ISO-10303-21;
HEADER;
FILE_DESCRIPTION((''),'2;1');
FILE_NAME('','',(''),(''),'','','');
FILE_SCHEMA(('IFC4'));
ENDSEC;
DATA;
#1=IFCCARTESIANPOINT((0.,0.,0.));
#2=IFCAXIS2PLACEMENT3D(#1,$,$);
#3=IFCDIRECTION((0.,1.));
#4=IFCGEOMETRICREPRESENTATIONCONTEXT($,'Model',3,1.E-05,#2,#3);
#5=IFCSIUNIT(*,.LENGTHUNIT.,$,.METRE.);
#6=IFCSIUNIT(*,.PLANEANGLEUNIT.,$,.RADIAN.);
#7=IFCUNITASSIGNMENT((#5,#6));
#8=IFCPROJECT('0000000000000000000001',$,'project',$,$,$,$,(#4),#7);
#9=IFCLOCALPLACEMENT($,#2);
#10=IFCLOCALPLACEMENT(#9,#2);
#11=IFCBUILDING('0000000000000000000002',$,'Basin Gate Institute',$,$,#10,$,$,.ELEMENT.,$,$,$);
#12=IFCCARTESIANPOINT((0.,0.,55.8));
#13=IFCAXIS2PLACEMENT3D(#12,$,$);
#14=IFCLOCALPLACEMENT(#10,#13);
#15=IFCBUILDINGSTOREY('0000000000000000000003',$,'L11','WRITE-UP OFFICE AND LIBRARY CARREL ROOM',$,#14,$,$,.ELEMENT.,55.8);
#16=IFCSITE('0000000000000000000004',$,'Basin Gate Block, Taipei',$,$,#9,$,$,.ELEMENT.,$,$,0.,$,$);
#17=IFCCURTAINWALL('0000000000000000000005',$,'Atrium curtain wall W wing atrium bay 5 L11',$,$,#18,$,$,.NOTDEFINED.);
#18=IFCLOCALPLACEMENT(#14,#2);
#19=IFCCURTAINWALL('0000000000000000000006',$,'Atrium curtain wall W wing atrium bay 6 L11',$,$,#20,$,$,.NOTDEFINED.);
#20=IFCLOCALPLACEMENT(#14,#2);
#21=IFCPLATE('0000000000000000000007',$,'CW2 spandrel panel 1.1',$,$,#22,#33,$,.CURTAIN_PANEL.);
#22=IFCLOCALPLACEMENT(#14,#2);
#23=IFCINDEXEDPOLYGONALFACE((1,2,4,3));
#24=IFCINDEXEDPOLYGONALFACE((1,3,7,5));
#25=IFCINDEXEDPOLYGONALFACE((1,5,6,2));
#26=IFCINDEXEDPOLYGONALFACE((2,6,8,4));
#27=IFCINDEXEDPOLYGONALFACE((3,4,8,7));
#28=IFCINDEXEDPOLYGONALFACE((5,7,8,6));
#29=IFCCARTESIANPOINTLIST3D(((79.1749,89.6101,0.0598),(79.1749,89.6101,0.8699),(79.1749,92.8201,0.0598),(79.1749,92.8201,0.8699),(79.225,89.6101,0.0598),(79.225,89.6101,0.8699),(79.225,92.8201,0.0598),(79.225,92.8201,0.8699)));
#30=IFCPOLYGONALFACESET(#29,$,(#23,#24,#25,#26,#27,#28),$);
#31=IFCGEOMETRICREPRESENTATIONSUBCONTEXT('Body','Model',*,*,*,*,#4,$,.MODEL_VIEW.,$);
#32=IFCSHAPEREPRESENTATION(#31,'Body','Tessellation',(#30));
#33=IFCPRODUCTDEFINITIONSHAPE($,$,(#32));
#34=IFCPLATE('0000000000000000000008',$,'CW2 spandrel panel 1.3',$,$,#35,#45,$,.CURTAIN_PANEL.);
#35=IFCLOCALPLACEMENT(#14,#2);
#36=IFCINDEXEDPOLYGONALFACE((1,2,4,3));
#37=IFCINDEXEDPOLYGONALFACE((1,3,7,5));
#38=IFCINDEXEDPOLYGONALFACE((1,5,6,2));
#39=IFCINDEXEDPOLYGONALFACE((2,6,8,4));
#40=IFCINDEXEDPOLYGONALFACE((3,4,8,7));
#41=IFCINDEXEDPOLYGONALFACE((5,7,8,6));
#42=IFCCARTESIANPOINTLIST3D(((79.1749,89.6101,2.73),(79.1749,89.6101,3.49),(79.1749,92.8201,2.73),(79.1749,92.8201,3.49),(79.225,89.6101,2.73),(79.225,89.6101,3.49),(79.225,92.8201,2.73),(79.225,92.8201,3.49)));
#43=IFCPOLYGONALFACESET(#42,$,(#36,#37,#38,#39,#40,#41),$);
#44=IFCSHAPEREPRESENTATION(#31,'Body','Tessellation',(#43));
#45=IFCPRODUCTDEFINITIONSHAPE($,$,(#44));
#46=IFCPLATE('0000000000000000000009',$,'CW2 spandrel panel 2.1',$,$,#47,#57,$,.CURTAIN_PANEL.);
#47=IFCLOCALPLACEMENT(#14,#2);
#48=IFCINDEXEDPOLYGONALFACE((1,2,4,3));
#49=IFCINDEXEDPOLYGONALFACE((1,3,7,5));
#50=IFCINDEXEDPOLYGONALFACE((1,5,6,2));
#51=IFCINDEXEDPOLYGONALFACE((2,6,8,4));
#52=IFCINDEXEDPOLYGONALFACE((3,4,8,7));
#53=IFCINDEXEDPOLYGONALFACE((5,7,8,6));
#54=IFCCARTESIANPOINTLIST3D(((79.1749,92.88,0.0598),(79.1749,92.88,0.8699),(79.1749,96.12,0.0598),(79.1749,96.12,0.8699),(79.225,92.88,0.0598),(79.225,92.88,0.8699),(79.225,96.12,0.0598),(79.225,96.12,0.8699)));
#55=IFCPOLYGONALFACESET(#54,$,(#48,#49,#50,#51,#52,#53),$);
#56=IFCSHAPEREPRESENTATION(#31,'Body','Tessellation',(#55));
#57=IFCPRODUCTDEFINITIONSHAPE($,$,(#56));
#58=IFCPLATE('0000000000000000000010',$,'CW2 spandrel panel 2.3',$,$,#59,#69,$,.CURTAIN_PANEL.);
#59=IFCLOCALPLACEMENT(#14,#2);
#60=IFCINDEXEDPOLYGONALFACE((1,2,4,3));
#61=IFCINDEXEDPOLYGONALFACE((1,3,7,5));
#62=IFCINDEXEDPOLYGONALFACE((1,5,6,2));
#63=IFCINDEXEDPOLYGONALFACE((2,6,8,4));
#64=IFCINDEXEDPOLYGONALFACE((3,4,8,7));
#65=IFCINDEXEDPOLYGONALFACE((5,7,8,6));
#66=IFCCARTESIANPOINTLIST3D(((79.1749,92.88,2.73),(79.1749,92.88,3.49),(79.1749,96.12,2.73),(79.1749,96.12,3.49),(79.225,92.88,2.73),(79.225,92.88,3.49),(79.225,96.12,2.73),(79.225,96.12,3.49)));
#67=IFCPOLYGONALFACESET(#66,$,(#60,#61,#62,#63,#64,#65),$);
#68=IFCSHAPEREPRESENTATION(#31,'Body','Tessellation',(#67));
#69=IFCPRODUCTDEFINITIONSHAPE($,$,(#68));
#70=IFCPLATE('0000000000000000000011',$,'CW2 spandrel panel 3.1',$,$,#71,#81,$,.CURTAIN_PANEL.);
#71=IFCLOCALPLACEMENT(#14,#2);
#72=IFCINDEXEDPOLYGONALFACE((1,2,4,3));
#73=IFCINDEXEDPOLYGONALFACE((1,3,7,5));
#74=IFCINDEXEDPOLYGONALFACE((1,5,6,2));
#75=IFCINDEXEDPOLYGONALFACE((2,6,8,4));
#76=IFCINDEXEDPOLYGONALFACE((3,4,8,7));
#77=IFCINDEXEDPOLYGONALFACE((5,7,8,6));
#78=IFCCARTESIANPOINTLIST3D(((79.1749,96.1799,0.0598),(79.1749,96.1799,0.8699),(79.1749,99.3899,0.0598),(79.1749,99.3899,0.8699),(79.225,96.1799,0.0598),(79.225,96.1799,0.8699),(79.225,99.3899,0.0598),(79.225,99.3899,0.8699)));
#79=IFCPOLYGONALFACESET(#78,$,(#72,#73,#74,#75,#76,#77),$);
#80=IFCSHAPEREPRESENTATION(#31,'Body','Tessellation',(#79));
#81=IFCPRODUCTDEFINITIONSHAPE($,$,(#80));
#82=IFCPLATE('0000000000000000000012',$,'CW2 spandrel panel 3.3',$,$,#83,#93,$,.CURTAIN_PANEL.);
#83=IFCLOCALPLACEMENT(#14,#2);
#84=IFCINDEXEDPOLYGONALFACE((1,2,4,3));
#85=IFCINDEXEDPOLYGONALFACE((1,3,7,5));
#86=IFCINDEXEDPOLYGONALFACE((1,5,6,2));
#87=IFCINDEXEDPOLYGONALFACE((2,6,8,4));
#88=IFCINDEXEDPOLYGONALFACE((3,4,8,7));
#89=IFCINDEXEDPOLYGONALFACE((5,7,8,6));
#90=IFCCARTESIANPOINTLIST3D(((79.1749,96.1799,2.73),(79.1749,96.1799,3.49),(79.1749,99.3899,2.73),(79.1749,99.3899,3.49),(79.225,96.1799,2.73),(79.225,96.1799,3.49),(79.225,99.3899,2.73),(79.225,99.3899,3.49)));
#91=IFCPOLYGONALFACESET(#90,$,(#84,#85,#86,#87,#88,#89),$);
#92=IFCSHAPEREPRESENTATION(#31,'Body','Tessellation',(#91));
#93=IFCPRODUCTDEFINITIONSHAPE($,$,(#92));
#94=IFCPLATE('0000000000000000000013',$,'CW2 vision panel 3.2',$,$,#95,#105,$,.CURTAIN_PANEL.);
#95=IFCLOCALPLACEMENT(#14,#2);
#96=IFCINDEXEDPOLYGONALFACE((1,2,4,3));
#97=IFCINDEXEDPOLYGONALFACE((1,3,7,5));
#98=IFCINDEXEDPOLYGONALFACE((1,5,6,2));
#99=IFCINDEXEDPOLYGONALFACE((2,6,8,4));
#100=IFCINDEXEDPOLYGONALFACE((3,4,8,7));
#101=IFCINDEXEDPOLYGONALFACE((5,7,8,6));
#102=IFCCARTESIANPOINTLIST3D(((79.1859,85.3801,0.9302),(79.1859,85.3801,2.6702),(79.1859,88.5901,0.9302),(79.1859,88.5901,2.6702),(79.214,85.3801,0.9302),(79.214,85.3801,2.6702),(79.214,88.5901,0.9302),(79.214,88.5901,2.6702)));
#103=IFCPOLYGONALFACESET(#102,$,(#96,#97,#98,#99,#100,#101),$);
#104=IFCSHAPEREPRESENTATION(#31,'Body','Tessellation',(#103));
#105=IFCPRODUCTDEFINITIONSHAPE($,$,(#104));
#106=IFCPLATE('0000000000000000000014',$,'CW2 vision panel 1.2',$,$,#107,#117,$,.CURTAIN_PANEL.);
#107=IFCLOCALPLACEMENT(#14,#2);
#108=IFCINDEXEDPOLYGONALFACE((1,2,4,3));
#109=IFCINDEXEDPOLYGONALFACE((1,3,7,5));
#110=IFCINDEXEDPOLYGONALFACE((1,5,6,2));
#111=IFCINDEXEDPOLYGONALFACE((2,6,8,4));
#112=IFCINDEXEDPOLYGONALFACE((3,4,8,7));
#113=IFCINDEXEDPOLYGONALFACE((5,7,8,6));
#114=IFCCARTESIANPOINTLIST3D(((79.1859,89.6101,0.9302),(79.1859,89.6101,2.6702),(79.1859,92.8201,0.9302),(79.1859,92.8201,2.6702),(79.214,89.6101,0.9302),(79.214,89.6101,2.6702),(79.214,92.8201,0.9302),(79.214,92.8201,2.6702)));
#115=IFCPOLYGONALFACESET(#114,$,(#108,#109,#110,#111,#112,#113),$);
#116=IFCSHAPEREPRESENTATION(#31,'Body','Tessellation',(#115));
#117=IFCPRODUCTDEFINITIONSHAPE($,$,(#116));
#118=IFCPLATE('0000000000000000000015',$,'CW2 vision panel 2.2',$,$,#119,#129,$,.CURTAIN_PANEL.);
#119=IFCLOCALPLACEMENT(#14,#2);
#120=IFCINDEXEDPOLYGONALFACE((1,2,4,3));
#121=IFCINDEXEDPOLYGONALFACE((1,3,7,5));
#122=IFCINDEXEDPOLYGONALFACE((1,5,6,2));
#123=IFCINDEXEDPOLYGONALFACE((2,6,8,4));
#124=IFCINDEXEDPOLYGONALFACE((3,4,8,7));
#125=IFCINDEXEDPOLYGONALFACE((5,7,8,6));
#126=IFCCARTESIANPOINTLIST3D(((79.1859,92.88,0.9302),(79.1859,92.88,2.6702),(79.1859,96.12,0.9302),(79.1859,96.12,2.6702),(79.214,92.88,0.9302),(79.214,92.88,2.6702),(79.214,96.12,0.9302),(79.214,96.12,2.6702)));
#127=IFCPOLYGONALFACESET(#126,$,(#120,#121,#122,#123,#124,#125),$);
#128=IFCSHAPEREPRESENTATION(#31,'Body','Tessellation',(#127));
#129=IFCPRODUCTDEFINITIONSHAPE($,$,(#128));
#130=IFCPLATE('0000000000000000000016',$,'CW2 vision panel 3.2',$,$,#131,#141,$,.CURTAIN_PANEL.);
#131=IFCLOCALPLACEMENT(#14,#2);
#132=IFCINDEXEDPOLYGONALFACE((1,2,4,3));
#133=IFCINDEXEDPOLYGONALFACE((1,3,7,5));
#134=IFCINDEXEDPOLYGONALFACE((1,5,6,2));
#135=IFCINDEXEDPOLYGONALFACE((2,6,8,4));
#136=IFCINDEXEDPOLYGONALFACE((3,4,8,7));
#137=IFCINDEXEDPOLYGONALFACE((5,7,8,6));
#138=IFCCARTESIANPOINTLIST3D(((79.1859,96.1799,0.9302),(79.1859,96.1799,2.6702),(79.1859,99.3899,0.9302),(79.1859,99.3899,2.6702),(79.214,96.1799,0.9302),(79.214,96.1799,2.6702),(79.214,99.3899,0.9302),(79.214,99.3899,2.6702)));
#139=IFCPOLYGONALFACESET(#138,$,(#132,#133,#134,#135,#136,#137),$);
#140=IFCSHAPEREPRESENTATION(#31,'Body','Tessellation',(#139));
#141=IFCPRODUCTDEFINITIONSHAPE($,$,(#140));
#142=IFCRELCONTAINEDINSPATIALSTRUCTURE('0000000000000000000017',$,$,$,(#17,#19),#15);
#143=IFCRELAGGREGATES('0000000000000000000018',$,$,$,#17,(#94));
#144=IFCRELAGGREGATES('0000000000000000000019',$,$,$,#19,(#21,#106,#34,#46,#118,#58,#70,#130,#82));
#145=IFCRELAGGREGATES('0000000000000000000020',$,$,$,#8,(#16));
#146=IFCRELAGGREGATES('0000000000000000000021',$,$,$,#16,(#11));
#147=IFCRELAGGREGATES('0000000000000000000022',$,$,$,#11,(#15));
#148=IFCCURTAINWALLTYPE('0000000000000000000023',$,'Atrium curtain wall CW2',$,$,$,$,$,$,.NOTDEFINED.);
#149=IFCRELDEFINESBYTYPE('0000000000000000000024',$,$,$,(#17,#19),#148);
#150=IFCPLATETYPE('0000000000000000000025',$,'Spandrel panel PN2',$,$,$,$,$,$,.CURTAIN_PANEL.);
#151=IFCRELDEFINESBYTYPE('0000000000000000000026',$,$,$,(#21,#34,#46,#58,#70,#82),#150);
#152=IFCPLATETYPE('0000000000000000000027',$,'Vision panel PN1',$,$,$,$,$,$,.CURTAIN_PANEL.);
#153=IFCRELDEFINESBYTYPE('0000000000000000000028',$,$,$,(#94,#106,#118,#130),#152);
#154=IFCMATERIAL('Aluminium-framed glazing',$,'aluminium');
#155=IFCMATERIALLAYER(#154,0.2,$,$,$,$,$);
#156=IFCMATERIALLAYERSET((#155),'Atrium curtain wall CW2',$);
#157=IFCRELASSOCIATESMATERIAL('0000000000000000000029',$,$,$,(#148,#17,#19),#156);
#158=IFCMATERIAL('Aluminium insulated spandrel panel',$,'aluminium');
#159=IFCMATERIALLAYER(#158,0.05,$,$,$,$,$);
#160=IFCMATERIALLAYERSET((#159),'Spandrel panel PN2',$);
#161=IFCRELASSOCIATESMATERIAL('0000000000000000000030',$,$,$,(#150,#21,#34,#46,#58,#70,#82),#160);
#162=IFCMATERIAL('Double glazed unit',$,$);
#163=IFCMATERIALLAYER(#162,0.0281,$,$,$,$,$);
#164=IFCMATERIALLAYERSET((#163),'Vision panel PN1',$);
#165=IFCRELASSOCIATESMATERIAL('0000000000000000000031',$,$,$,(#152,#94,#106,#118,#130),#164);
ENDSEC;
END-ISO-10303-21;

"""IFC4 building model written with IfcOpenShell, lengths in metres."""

from ifc_helpers import new_model, si_unit, direction, frame, origin, origin_2d, place, context, subcontext, project, spatial, rectangle, extrude, material, layer, layer_set, type_object, element, aggregate, save


model = new_model("IFC4")

# Units and contexts
model_context = context("Model", 3, precision=1e-05, world=origin(), true_north=direction((0.0, 1.0)))
body_context = subcontext(model_context, "Body", "Model", "MODEL_VIEW")
ifc_project = project(units=[si_unit("LENGTHUNIT", "METRE"), si_unit("PLANEANGLEUNIT", "RADIAN")], contexts=[model_context])

# Site, building, storey
site_placement = place(None, origin())
site = spatial("IfcSite", under=ifc_project, at=site_placement, Name="Basin Gate Block, Taipei", CompositionType="ELEMENT", RefElevation=0.0)
building_placement = place(site_placement, origin())
building = spatial("IfcBuilding", under=site, at=building_placement, Name="Basin Gate Institute", CompositionType="ELEMENT")
storey_placement = place(building_placement, frame((0.0, 0.0, 55.8)))
storey = spatial("IfcBuildingStorey", under=building, at=storey_placement, Name="L11", Description="WRITE-UP OFFICE AND LIBRARY CARREL ROOM", CompositionType="ELEMENT", Elevation=55.8)

# Curtain walls
ifc_material_1 = material(Name="Aluminium-framed glazing", Category="aluminium")
ifc_layer_1 = layer(ifc_material_1, 0.2)
ifc_layer_set_1 = layer_set([ifc_layer_1], Name="Atrium curtain wall CW2")
curtain_wall_type = type_object("IfcCurtainWallType", Name="Atrium curtain wall CW2", PredefinedType="NOTDEFINED", material=ifc_layer_set_1)
curtain_wall_1_placement = place(storey_placement, origin())
curtain_wall_1 = element("IfcCurtainWall", 1, at=curtain_wall_1_placement, inside=storey, type_object=curtain_wall_type, material=ifc_layer_set_1, Name="Atrium curtain wall W wing atrium bay 5 L11", PredefinedType="NOTDEFINED")
curtain_wall_2_placement = place(storey_placement, origin())
curtain_wall_2 = element("IfcCurtainWall", 2, at=curtain_wall_2_placement, inside=storey, type_object=curtain_wall_type, material=ifc_layer_set_1, Name="Atrium curtain wall W wing atrium bay 6 L11", PredefinedType="NOTDEFINED")

# Plates
ifc_material_2 = material(Name="Aluminium insulated spandrel panel", Category="aluminium")
ifc_layer_2 = layer(ifc_material_2, 0.05)
ifc_layer_set_2 = layer_set([ifc_layer_2], Name="Spandrel panel PN2")
plate_type_1 = type_object("IfcPlateType", Name="Spandrel panel PN2", PredefinedType="CURTAIN_PANEL", material=ifc_layer_set_2)
plate_1_placement = place(storey_placement, frame((79.2, 91.2151, 0.0598), z_axis=(0.0, 0.0, 1.0), x_axis=(0.0, 1.0, 0.0)))
plate_1 = element("IfcPlate", 3, at=plate_1_placement, type_object=plate_type_1, material=ifc_layer_set_2, Name="CW2 spandrel panel 1.1", PredefinedType="CURTAIN_PANEL", context=body_context, shape_type="SweptSolid", body=[
    extrude(rectangle(XDim=3.21, YDim=0.05, at=origin_2d()), origin(), (0.0, 0.0, 1.0), 0.8101),
])
plate_2_placement = place(storey_placement, frame((79.2, 91.2151, 2.73), z_axis=(0.0, 0.0, 1.0), x_axis=(0.0, 1.0, 0.0)))
plate_2 = element("IfcPlate", 4, at=plate_2_placement, type_object=plate_type_1, material=ifc_layer_set_2, Name="CW2 spandrel panel 1.3", PredefinedType="CURTAIN_PANEL", context=body_context, shape_type="SweptSolid", body=[
    extrude(rectangle(XDim=3.21, YDim=0.05, at=origin_2d()), origin(), (0.0, 0.0, 1.0), 0.76),
])
plate_3_placement = place(storey_placement, frame((79.2, 94.5, 0.0598), z_axis=(0.0, 0.0, 1.0), x_axis=(0.0, 1.0, 0.0)))
plate_3 = element("IfcPlate", 5, at=plate_3_placement, type_object=plate_type_1, material=ifc_layer_set_2, Name="CW2 spandrel panel 2.1", PredefinedType="CURTAIN_PANEL", context=body_context, shape_type="SweptSolid", body=[
    extrude(rectangle(XDim=3.24, YDim=0.05, at=origin_2d()), origin(), (0.0, 0.0, 1.0), 0.8101),
])
plate_4_placement = place(storey_placement, frame((79.2, 94.5, 2.73), z_axis=(0.0, 0.0, 1.0), x_axis=(0.0, 1.0, 0.0)))
plate_4 = element("IfcPlate", 6, at=plate_4_placement, type_object=plate_type_1, material=ifc_layer_set_2, Name="CW2 spandrel panel 2.3", PredefinedType="CURTAIN_PANEL", context=body_context, shape_type="SweptSolid", body=[
    extrude(rectangle(XDim=3.24, YDim=0.05, at=origin_2d()), origin(), (0.0, 0.0, 1.0), 0.76),
])
plate_5_placement = place(storey_placement, frame((79.2, 97.7849, 0.0598), z_axis=(0.0, 0.0, 1.0), x_axis=(0.0, 1.0, 0.0)))
plate_5 = element("IfcPlate", 7, at=plate_5_placement, type_object=plate_type_1, material=ifc_layer_set_2, Name="CW2 spandrel panel 3.1", PredefinedType="CURTAIN_PANEL", context=body_context, shape_type="SweptSolid", body=[
    extrude(rectangle(XDim=3.21, YDim=0.05, at=origin_2d()), origin(), (0.0, 0.0, 1.0), 0.8101),
])
plate_6_placement = place(storey_placement, frame((79.2, 97.7849, 2.73), z_axis=(0.0, 0.0, 1.0), x_axis=(0.0, 1.0, 0.0)))
plate_6 = element("IfcPlate", 8, at=plate_6_placement, type_object=plate_type_1, material=ifc_layer_set_2, Name="CW2 spandrel panel 3.3", PredefinedType="CURTAIN_PANEL", context=body_context, shape_type="SweptSolid", body=[
    extrude(rectangle(XDim=3.21, YDim=0.05, at=origin_2d()), origin(), (0.0, 0.0, 1.0), 0.76),
])
ifc_material_3 = material(Name="Double glazed unit")
ifc_layer_3 = layer(ifc_material_3, 0.0281)
ifc_layer_set_3 = layer_set([ifc_layer_3], Name="Vision panel PN1")
plate_type_2 = type_object("IfcPlateType", Name="Vision panel PN1", PredefinedType="CURTAIN_PANEL", material=ifc_layer_set_3)
plate_7_placement = place(storey_placement, frame((79.2, 86.9851, 0.9302), z_axis=(0.0, 0.0, 1.0), x_axis=(0.0, 1.0, 0.0)))
plate_7 = element("IfcPlate", 9, at=plate_7_placement, type_object=plate_type_2, material=ifc_layer_set_3, Name="CW2 vision panel 3.2", PredefinedType="CURTAIN_PANEL", context=body_context, shape_type="SweptSolid", body=[
    extrude(rectangle(XDim=3.21, YDim=0.0281, at=origin_2d()), origin(), (0.0, 0.0, 1.0), 1.74),
])
aggregate(curtain_wall_1, [plate_7])
plate_8_placement = place(storey_placement, frame((79.2, 91.2151, 0.9302), z_axis=(0.0, 0.0, 1.0), x_axis=(0.0, 1.0, 0.0)))
plate_8 = element("IfcPlate", 10, at=plate_8_placement, type_object=plate_type_2, material=ifc_layer_set_3, Name="CW2 vision panel 1.2", PredefinedType="CURTAIN_PANEL", context=body_context, shape_type="SweptSolid", body=[
    extrude(rectangle(XDim=3.21, YDim=0.0281, at=origin_2d()), origin(), (0.0, 0.0, 1.0), 1.74),
])
plate_9_placement = place(storey_placement, frame((79.2, 94.5, 0.9302), z_axis=(0.0, 0.0, 1.0), x_axis=(0.0, 1.0, 0.0)))
plate_9 = element("IfcPlate", 11, at=plate_9_placement, type_object=plate_type_2, material=ifc_layer_set_3, Name="CW2 vision panel 2.2", PredefinedType="CURTAIN_PANEL", context=body_context, shape_type="SweptSolid", body=[
    extrude(rectangle(XDim=3.24, YDim=0.0281, at=origin_2d()), origin(), (0.0, 0.0, 1.0), 1.74),
])
plate_10_placement = place(storey_placement, frame((79.2, 97.7849, 0.9302), z_axis=(0.0, 0.0, 1.0), x_axis=(0.0, 1.0, 0.0)))
plate_10 = element("IfcPlate", 12, at=plate_10_placement, type_object=plate_type_2, material=ifc_layer_set_3, Name="CW2 vision panel 3.2", PredefinedType="CURTAIN_PANEL", context=body_context, shape_type="SweptSolid", body=[
    extrude(rectangle(XDim=3.21, YDim=0.0281, at=origin_2d()), origin(), (0.0, 0.0, 1.0), 1.74),
])
aggregate(curtain_wall_2, [plate_1, plate_8, plate_2, plate_3, plate_9, plate_4, plate_5, plate_10, plate_6])

save(model, "model.ifc")
